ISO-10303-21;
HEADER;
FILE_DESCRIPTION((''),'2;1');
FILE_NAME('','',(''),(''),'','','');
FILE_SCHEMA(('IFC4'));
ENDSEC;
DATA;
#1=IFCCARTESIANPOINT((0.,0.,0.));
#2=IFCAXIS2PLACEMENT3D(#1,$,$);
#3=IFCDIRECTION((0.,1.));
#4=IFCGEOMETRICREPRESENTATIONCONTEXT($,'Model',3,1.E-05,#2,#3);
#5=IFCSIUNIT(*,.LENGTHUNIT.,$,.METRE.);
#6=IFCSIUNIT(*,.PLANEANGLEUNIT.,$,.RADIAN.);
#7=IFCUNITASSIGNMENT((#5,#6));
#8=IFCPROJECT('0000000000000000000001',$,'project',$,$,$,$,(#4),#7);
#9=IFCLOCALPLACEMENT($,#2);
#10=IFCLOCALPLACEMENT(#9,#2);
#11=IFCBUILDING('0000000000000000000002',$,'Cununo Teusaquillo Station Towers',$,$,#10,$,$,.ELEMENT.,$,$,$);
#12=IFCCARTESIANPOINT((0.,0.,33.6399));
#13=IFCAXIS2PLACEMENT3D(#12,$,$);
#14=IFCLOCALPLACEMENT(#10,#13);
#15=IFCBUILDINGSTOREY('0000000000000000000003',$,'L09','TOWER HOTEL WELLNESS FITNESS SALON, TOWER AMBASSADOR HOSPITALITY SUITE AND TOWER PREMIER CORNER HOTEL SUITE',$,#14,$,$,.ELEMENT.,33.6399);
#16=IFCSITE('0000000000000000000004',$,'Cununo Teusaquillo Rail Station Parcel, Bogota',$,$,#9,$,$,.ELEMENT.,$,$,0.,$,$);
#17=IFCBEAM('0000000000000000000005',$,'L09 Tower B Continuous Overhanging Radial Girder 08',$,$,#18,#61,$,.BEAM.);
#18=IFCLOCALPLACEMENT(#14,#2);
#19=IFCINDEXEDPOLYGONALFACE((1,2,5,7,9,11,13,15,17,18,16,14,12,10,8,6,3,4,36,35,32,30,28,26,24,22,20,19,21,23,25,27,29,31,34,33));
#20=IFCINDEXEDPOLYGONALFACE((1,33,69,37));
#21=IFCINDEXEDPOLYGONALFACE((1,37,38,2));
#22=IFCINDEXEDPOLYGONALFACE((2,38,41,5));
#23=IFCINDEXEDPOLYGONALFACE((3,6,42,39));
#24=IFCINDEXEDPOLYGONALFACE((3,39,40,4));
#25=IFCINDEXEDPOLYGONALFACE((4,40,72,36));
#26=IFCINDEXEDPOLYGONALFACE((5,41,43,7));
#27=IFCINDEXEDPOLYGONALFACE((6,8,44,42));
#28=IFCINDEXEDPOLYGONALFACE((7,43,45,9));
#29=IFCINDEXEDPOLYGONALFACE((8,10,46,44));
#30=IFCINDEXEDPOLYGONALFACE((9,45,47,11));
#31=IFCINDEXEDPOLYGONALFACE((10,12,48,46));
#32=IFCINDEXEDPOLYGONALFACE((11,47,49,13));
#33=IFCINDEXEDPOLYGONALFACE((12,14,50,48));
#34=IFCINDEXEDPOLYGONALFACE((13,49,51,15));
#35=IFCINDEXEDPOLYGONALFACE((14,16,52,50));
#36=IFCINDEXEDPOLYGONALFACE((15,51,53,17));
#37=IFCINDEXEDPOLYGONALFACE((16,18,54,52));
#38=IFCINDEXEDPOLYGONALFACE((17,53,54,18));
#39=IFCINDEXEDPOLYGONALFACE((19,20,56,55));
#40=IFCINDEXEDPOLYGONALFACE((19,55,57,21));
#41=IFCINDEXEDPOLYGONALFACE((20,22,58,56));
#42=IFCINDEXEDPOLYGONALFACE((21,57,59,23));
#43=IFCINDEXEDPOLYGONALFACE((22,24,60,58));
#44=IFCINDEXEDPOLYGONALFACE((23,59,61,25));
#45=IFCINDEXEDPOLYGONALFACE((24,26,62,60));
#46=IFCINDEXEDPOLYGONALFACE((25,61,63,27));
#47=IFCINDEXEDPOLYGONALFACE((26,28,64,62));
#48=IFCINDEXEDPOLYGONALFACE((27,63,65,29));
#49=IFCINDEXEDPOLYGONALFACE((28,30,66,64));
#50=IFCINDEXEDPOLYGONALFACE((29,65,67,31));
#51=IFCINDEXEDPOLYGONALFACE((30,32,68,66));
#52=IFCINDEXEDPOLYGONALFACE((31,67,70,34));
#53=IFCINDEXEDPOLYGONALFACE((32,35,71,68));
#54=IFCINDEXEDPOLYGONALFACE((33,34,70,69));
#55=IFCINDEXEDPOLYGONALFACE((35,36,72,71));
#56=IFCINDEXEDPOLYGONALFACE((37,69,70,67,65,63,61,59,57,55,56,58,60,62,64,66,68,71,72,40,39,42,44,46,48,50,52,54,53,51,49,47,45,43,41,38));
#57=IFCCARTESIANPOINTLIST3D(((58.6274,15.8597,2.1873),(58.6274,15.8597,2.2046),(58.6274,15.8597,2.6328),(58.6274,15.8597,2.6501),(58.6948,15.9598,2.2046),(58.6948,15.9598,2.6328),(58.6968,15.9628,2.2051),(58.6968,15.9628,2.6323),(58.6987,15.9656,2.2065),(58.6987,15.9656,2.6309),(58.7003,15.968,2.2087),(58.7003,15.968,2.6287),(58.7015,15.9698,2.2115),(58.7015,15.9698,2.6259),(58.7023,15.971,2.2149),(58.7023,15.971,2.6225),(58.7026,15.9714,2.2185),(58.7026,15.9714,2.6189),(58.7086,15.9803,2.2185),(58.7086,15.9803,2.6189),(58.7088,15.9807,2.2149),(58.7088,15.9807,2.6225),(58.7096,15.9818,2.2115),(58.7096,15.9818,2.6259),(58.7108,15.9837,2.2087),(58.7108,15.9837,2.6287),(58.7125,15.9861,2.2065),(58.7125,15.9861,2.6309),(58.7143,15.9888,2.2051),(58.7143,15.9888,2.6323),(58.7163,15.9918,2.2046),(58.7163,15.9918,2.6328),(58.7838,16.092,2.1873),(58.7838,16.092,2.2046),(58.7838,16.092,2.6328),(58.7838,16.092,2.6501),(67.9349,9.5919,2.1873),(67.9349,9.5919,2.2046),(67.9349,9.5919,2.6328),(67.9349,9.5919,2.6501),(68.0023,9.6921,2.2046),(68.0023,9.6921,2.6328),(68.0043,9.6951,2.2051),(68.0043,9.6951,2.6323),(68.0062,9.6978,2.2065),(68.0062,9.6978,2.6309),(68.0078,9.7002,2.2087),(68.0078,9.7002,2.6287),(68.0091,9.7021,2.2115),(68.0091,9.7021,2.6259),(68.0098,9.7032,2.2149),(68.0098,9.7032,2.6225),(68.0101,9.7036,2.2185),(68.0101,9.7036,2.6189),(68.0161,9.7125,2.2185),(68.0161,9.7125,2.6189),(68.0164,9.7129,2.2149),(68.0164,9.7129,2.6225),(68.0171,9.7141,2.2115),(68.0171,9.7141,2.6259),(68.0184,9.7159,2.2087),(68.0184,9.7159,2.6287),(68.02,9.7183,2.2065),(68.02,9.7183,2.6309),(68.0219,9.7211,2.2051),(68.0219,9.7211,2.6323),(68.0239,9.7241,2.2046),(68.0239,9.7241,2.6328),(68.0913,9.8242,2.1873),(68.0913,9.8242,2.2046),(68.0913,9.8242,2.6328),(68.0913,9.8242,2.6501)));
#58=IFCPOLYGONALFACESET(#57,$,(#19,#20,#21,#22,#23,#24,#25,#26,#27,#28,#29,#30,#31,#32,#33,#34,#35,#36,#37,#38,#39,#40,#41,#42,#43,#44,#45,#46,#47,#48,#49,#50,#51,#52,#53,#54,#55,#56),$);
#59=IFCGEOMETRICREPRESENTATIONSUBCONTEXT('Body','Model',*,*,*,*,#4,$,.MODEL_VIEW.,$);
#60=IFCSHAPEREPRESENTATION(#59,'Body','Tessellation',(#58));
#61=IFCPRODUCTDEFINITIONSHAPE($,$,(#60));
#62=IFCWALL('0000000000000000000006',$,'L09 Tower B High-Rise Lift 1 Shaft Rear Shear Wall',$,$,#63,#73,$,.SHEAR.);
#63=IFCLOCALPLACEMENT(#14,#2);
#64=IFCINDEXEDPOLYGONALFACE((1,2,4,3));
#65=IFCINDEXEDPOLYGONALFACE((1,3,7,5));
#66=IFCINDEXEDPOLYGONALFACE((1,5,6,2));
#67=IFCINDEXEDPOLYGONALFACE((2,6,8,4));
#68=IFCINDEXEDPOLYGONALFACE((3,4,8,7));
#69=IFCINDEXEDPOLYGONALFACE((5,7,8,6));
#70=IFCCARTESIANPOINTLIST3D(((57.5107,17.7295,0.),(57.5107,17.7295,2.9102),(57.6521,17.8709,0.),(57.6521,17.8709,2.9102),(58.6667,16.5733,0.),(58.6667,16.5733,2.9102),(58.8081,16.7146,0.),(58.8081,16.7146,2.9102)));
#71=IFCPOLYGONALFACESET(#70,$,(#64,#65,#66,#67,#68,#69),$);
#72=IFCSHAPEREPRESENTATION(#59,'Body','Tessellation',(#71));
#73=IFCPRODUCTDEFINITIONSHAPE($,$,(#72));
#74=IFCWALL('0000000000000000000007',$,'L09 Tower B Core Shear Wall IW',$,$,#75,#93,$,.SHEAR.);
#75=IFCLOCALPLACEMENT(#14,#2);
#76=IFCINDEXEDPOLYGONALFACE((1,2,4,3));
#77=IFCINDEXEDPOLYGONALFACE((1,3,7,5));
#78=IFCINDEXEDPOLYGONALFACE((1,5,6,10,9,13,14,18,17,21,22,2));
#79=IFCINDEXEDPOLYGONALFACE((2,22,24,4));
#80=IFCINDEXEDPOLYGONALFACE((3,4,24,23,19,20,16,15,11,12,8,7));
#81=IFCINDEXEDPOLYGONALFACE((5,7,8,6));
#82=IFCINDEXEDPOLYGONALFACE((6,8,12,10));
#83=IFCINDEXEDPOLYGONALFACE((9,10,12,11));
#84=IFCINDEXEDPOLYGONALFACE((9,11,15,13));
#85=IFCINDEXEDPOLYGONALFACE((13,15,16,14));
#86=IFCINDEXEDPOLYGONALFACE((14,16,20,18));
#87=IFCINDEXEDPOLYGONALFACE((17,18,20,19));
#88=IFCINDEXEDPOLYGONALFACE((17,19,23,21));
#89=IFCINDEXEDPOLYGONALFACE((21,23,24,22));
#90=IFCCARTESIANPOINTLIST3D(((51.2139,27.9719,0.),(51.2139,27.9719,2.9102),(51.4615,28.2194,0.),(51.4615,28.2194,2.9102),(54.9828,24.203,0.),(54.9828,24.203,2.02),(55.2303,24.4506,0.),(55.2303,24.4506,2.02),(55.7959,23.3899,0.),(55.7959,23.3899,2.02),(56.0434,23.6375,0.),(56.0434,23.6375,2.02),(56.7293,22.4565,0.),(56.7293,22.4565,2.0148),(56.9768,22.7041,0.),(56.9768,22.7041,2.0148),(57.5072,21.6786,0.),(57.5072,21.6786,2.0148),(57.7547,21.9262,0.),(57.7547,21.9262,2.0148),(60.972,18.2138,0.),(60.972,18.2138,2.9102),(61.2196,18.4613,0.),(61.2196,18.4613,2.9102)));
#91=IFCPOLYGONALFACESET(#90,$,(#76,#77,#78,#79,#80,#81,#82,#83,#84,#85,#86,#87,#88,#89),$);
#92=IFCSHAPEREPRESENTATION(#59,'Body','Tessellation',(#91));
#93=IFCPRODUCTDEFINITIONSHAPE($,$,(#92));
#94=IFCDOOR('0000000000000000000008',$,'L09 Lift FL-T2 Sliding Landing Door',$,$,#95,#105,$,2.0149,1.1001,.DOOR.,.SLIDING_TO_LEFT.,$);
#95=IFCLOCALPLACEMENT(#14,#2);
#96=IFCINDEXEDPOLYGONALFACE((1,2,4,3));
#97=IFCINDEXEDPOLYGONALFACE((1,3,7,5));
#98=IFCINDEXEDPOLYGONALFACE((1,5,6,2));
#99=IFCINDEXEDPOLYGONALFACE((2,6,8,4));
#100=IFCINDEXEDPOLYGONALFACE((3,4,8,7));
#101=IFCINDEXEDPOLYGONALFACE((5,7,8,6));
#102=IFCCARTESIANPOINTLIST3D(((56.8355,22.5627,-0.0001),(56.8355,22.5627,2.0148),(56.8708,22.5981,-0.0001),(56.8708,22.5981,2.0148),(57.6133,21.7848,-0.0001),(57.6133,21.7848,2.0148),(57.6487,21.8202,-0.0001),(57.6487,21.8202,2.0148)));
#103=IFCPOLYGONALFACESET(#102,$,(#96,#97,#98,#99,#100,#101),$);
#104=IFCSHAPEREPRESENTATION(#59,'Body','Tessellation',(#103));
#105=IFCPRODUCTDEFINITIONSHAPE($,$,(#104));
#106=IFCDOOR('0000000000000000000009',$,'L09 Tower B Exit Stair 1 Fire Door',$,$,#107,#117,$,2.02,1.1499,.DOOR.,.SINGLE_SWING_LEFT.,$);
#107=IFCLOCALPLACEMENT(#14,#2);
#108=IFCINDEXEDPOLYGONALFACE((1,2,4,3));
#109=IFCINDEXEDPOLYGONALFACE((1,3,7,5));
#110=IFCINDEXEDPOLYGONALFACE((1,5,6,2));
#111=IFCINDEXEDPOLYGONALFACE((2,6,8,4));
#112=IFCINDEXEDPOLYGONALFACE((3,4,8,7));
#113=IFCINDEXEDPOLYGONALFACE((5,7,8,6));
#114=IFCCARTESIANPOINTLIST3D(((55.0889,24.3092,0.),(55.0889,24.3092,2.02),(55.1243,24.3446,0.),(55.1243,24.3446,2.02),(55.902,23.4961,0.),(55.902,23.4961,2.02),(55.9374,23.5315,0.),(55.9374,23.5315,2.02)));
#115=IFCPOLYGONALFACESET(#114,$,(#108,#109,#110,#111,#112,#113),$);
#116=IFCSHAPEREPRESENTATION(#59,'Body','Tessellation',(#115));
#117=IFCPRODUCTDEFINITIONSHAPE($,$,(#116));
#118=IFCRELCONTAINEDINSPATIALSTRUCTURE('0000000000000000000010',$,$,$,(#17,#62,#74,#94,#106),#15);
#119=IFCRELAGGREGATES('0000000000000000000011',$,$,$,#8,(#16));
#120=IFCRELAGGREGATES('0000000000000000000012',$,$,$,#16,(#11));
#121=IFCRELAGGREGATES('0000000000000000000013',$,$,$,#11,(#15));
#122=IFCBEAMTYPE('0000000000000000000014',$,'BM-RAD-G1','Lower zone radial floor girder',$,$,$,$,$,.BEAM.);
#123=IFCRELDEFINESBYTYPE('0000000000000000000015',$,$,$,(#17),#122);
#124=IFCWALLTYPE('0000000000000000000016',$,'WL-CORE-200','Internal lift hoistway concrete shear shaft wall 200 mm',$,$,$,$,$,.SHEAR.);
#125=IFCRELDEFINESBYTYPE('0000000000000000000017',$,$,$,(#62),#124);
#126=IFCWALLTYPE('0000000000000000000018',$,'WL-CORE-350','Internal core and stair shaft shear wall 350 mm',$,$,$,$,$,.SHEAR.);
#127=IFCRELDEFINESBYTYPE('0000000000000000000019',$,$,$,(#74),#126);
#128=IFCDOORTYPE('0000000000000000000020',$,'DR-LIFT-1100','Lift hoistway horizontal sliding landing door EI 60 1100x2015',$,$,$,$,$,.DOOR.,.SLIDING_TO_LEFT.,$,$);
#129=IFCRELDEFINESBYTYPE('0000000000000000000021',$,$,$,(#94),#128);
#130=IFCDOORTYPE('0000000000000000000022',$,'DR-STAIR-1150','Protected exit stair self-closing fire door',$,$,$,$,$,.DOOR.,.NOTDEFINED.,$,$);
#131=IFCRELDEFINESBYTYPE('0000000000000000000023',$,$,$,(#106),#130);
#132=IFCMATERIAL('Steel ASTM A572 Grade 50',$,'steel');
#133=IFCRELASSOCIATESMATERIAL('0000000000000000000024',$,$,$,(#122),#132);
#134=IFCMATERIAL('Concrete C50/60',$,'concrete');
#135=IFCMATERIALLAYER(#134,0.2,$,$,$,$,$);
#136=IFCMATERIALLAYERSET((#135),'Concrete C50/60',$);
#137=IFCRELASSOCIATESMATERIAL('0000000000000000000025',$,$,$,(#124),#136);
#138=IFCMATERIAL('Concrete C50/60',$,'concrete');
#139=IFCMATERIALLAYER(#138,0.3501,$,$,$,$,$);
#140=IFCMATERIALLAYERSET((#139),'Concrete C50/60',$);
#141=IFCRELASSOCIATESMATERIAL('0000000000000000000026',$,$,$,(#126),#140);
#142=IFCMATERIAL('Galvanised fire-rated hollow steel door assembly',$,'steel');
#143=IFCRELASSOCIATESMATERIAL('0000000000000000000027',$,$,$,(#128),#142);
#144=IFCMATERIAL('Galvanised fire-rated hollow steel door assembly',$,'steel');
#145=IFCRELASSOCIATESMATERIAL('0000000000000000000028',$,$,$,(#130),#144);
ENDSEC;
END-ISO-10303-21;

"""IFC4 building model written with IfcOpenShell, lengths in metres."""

from ifc_helpers import new_model, si_unit, direction, frame, frame_2d, origin, origin_2d, place, context, subcontext, project, spatial, rectangle, i_section, extrude, source, transform, mapped, material, layer, layer_set, material_profile, profile_set, type_object, element, fill, save


model = new_model("IFC4")

# Units and contexts
model_context = context("Model", 3, precision=1e-05, world=origin(), true_north=direction((0.0, 1.0)))
body_context = subcontext(model_context, "Body", "Model", "MODEL_VIEW")
ifc_project = project(units=[si_unit("LENGTHUNIT", "METRE"), si_unit("PLANEANGLEUNIT", "RADIAN")], contexts=[model_context])

# Site, building, storey
site_placement = place(None, origin())
site = spatial("IfcSite", under=ifc_project, at=site_placement, Name="Cununo Teusaquillo Rail Station Parcel, Bogota", CompositionType="ELEMENT", RefElevation=0.0)
building_placement = place(site_placement, origin())
building = spatial("IfcBuilding", under=site, at=building_placement, Name="Cununo Teusaquillo Station Towers", CompositionType="ELEMENT")
storey_placement = place(building_placement, frame((0.0, 0.0, 33.6399)))
storey = spatial("IfcBuildingStorey", under=building, at=storey_placement, Name="L09", Description="TOWER HOTEL WELLNESS FITNESS SALON, TOWER AMBASSADOR HOSPITALITY SUITE AND TOWER PREMIER CORNER HOTEL SUITE", CompositionType="ELEMENT", Elevation=33.6399)

# Beam
ifc_material_1 = material(Name="Steel ASTM A572 Grade 50", Category="steel")
ifc_material_profile_1 = material_profile(ifc_material_1, i_section(OverallWidth=0.28, OverallDepth=0.4629, WebThickness=0.0107, FlangeThickness=0.0173, FilletRadius=0.0139, at=origin_2d()), Name="W18X76")
ifc_profile_set_1 = profile_set([ifc_material_profile_1], Name="Steel ASTM A572 Grade 50")
beam_type_1 = type_object("IfcBeamType", Name="BM-RAD-G1", Description="Lower zone radial floor girder", PredefinedType="BEAM", material=ifc_profile_set_1)
beam_1_placement = place(storey_placement, frame((58.7056, 15.9758, 2.4187), z_axis=(0.829461, -0.558565, 0.0), x_axis=(0.558565, 0.829461, 0.0)))
element("IfcBeam", 1, at=beam_1_placement, inside=storey, type_object=beam_type_1, Name="L09 Tower B Continuous Overhanging Radial Girder 08", PredefinedType="BEAM", context=body_context, shape_type="SweptSolid", body=[
    extrude(i_section(OverallWidth=0.28, OverallDepth=0.4629, WebThickness=0.0107, FlangeThickness=0.0173, FilletRadius=0.0139, at=origin_2d()), origin(), (0.0, 0.0, 1.0), 11.2212),
])

# Wall
ifc_material_2 = material(Name="Concrete C50/60", Category="concrete")
ifc_layer_1 = layer(ifc_material_2, 0.2)
ifc_layer_set_1 = layer_set([ifc_layer_1], Name="Concrete C50/60")
wall_type_1 = type_object("IfcWallType", Name="WL-CORE-200", Description="Internal lift hoistway concrete shear shaft wall 200 mm", PredefinedType="SHEAR", material=ifc_layer_set_1)
wall_1_placement = place(storey_placement, frame((58.7373, 16.644, 0.0), z_axis=(0.0, 0.0, 1.0), x_axis=(-0.707032, 0.707181, 0.0)))
element("IfcWall", 2, at=wall_1_placement, inside=storey, type_object=wall_type_1, Name="L09 Tower B High-Rise Lift 1 Shaft Rear Shear Wall", PredefinedType="SHEAR", context=body_context, shape_type="SweptSolid", body=[
    extrude(rectangle(XDim=1.635, YDim=0.2, at=frame_2d((0.8174, 0.0))), origin(), (0.0, 0.0, 1.0), 2.9102),
])

# Wall, openings, doors
ifc_material_3 = material(Name="Concrete C50/60", Category="concrete")
ifc_layer_2 = layer(ifc_material_3, 0.3501)
ifc_layer_set_2 = layer_set([ifc_layer_2], Name="Concrete C50/60")
wall_type_2 = type_object("IfcWallType", Name="WL-CORE-350", Description="Internal core and stair shaft shear wall 350 mm", PredefinedType="SHEAR", material=ifc_layer_set_2)
wall_2_placement = place(storey_placement, frame((61.0957, 18.3376, 0.0), z_axis=(0.0, 0.0, 1.0), x_axis=(-0.707107, 0.707107, 0.0)))
wall_2 = element("IfcWall", 3, at=wall_2_placement, inside=storey, type_object=wall_type_2, Name="L09 Tower B Core Shear Wall IW", PredefinedType="SHEAR", context=body_context, shape_type="SweptSolid", body=[
    extrude(rectangle(XDim=13.8, YDim=0.3501, at=frame_2d((6.8999, 0.0))), origin(), (0.0, 0.0, 1.0), 2.9102),
])
shared_shape_1 = source(origin(), body_context, "Body", "SweptSolid", [
    extrude(rectangle(XDim=1.1001, YDim=2.0149, at=frame_2d((0.55, 1.0073))), frame((0.0, 0.1851, 0.0), z_axis=(0.0, -1.0, 0.0), x_axis=(1.0, 0.0, 0.0)), (0.0, 0.0, 1.0), 0.3701),
])
opening_1_placement = place(wall_2_placement, frame((4.8999, 0.0, 0.0)))
opening_1 = element("IfcOpeningElement", 4, at=opening_1_placement, cuts=wall_2, PredefinedType="OPENING", context=body_context, shape_type="MappedRepresentation", body=[
    mapped(shared_shape_1, transform((0.0, 0.0, 0.0), x_axis=(1.0, 0.0, 0.0), y_axis=(0.0, 1.0, 0.0), z_axis=(0.0, 0.0, 1.0), scale=1.0)),
])
shared_shape_2 = source(origin(), body_context, "Body", "SweptSolid", [
    extrude(rectangle(XDim=1.1499, YDim=2.02, at=frame_2d((0.575, 1.01))), frame((0.0, 0.1851, 0.0), z_axis=(0.0, -1.0, 0.0), x_axis=(1.0, 0.0, 0.0)), (0.0, 0.0, 1.0), 0.3701),
])
opening_2_placement = place(wall_2_placement, frame((7.3201, 0.0, 0.0)))
opening_2 = element("IfcOpeningElement", 5, at=opening_2_placement, cuts=wall_2, PredefinedType="OPENING", context=body_context, shape_type="MappedRepresentation", body=[
    mapped(shared_shape_2, transform((0.0, 0.0, 0.0), x_axis=(1.0, 0.0, 0.0), y_axis=(0.0, 1.0, 0.0), z_axis=(0.0, 0.0, 1.0), scale=1.0)),
])
ifc_material_4 = material(Name="Galvanised fire-rated hollow steel door assembly", Category="steel")
door_type_1 = type_object("IfcDoorType", Name="DR-LIFT-1100", Description="Lift hoistway horizontal sliding landing door EI 60 1100x2015", OperationType="SLIDING_TO_LEFT", PredefinedType="DOOR", material=ifc_material_4)
shared_shape_3 = source(origin(), body_context, "Body", "SweptSolid", [
    extrude(rectangle(XDim=1.1001, YDim=2.0149, at=frame_2d((0.55, 1.0073))), frame((0.0, 0.0249, 0.0), z_axis=(0.0, -1.0, 0.0), x_axis=(1.0, 0.0, 0.0)), (0.0, 0.0, 1.0), 0.05),
])
door_1_placement = place(opening_1_placement, origin())
door_1 = element("IfcDoor", 6, at=door_1_placement, inside=storey, type_object=door_type_1, Name="L09 Lift FL-T2 Sliding Landing Door", OperationType="SLIDING_TO_LEFT", OverallHeight=2.0149, OverallWidth=1.1001, PredefinedType="DOOR", context=body_context, shape_type="MappedRepresentation", body=[
    mapped(shared_shape_3, transform((0.0, 0.0, 0.0), x_axis=(1.0, 0.0, 0.0), y_axis=(0.0, 1.0, 0.0), z_axis=(0.0, 0.0, 1.0), scale=1.0)),
])
fill(opening_1, door_1)
ifc_material_5 = material(Name="Galvanised fire-rated hollow steel door assembly", Category="steel")
door_type_2 = type_object("IfcDoorType", Name="DR-STAIR-1150", Description="Protected exit stair self-closing fire door", OperationType="NOTDEFINED", PredefinedType="DOOR", material=ifc_material_5)
shared_shape_4 = source(origin(), body_context, "Body", "SweptSolid", [
    extrude(rectangle(XDim=1.1499, YDim=2.02, at=frame_2d((0.575, 1.01))), frame((0.0, 0.0249, 0.0), z_axis=(0.0, -1.0, 0.0), x_axis=(1.0, 0.0, 0.0)), (0.0, 0.0, 1.0), 0.05),
])
door_2_placement = place(opening_2_placement, origin())
door_2 = element("IfcDoor", 7, at=door_2_placement, inside=storey, type_object=door_type_2, Name="L09 Tower B Exit Stair 1 Fire Door", OperationType="SINGLE_SWING_LEFT", OverallHeight=2.02, OverallWidth=1.1499, PredefinedType="DOOR", context=body_context, shape_type="MappedRepresentation", body=[
    mapped(shared_shape_4, transform((0.0, 0.0, 0.0), x_axis=(1.0, 0.0, 0.0), y_axis=(0.0, 1.0, 0.0), z_axis=(0.0, 0.0, 1.0), scale=1.0)),
])
fill(opening_2, door_2)

save(model, "model.ifc")
